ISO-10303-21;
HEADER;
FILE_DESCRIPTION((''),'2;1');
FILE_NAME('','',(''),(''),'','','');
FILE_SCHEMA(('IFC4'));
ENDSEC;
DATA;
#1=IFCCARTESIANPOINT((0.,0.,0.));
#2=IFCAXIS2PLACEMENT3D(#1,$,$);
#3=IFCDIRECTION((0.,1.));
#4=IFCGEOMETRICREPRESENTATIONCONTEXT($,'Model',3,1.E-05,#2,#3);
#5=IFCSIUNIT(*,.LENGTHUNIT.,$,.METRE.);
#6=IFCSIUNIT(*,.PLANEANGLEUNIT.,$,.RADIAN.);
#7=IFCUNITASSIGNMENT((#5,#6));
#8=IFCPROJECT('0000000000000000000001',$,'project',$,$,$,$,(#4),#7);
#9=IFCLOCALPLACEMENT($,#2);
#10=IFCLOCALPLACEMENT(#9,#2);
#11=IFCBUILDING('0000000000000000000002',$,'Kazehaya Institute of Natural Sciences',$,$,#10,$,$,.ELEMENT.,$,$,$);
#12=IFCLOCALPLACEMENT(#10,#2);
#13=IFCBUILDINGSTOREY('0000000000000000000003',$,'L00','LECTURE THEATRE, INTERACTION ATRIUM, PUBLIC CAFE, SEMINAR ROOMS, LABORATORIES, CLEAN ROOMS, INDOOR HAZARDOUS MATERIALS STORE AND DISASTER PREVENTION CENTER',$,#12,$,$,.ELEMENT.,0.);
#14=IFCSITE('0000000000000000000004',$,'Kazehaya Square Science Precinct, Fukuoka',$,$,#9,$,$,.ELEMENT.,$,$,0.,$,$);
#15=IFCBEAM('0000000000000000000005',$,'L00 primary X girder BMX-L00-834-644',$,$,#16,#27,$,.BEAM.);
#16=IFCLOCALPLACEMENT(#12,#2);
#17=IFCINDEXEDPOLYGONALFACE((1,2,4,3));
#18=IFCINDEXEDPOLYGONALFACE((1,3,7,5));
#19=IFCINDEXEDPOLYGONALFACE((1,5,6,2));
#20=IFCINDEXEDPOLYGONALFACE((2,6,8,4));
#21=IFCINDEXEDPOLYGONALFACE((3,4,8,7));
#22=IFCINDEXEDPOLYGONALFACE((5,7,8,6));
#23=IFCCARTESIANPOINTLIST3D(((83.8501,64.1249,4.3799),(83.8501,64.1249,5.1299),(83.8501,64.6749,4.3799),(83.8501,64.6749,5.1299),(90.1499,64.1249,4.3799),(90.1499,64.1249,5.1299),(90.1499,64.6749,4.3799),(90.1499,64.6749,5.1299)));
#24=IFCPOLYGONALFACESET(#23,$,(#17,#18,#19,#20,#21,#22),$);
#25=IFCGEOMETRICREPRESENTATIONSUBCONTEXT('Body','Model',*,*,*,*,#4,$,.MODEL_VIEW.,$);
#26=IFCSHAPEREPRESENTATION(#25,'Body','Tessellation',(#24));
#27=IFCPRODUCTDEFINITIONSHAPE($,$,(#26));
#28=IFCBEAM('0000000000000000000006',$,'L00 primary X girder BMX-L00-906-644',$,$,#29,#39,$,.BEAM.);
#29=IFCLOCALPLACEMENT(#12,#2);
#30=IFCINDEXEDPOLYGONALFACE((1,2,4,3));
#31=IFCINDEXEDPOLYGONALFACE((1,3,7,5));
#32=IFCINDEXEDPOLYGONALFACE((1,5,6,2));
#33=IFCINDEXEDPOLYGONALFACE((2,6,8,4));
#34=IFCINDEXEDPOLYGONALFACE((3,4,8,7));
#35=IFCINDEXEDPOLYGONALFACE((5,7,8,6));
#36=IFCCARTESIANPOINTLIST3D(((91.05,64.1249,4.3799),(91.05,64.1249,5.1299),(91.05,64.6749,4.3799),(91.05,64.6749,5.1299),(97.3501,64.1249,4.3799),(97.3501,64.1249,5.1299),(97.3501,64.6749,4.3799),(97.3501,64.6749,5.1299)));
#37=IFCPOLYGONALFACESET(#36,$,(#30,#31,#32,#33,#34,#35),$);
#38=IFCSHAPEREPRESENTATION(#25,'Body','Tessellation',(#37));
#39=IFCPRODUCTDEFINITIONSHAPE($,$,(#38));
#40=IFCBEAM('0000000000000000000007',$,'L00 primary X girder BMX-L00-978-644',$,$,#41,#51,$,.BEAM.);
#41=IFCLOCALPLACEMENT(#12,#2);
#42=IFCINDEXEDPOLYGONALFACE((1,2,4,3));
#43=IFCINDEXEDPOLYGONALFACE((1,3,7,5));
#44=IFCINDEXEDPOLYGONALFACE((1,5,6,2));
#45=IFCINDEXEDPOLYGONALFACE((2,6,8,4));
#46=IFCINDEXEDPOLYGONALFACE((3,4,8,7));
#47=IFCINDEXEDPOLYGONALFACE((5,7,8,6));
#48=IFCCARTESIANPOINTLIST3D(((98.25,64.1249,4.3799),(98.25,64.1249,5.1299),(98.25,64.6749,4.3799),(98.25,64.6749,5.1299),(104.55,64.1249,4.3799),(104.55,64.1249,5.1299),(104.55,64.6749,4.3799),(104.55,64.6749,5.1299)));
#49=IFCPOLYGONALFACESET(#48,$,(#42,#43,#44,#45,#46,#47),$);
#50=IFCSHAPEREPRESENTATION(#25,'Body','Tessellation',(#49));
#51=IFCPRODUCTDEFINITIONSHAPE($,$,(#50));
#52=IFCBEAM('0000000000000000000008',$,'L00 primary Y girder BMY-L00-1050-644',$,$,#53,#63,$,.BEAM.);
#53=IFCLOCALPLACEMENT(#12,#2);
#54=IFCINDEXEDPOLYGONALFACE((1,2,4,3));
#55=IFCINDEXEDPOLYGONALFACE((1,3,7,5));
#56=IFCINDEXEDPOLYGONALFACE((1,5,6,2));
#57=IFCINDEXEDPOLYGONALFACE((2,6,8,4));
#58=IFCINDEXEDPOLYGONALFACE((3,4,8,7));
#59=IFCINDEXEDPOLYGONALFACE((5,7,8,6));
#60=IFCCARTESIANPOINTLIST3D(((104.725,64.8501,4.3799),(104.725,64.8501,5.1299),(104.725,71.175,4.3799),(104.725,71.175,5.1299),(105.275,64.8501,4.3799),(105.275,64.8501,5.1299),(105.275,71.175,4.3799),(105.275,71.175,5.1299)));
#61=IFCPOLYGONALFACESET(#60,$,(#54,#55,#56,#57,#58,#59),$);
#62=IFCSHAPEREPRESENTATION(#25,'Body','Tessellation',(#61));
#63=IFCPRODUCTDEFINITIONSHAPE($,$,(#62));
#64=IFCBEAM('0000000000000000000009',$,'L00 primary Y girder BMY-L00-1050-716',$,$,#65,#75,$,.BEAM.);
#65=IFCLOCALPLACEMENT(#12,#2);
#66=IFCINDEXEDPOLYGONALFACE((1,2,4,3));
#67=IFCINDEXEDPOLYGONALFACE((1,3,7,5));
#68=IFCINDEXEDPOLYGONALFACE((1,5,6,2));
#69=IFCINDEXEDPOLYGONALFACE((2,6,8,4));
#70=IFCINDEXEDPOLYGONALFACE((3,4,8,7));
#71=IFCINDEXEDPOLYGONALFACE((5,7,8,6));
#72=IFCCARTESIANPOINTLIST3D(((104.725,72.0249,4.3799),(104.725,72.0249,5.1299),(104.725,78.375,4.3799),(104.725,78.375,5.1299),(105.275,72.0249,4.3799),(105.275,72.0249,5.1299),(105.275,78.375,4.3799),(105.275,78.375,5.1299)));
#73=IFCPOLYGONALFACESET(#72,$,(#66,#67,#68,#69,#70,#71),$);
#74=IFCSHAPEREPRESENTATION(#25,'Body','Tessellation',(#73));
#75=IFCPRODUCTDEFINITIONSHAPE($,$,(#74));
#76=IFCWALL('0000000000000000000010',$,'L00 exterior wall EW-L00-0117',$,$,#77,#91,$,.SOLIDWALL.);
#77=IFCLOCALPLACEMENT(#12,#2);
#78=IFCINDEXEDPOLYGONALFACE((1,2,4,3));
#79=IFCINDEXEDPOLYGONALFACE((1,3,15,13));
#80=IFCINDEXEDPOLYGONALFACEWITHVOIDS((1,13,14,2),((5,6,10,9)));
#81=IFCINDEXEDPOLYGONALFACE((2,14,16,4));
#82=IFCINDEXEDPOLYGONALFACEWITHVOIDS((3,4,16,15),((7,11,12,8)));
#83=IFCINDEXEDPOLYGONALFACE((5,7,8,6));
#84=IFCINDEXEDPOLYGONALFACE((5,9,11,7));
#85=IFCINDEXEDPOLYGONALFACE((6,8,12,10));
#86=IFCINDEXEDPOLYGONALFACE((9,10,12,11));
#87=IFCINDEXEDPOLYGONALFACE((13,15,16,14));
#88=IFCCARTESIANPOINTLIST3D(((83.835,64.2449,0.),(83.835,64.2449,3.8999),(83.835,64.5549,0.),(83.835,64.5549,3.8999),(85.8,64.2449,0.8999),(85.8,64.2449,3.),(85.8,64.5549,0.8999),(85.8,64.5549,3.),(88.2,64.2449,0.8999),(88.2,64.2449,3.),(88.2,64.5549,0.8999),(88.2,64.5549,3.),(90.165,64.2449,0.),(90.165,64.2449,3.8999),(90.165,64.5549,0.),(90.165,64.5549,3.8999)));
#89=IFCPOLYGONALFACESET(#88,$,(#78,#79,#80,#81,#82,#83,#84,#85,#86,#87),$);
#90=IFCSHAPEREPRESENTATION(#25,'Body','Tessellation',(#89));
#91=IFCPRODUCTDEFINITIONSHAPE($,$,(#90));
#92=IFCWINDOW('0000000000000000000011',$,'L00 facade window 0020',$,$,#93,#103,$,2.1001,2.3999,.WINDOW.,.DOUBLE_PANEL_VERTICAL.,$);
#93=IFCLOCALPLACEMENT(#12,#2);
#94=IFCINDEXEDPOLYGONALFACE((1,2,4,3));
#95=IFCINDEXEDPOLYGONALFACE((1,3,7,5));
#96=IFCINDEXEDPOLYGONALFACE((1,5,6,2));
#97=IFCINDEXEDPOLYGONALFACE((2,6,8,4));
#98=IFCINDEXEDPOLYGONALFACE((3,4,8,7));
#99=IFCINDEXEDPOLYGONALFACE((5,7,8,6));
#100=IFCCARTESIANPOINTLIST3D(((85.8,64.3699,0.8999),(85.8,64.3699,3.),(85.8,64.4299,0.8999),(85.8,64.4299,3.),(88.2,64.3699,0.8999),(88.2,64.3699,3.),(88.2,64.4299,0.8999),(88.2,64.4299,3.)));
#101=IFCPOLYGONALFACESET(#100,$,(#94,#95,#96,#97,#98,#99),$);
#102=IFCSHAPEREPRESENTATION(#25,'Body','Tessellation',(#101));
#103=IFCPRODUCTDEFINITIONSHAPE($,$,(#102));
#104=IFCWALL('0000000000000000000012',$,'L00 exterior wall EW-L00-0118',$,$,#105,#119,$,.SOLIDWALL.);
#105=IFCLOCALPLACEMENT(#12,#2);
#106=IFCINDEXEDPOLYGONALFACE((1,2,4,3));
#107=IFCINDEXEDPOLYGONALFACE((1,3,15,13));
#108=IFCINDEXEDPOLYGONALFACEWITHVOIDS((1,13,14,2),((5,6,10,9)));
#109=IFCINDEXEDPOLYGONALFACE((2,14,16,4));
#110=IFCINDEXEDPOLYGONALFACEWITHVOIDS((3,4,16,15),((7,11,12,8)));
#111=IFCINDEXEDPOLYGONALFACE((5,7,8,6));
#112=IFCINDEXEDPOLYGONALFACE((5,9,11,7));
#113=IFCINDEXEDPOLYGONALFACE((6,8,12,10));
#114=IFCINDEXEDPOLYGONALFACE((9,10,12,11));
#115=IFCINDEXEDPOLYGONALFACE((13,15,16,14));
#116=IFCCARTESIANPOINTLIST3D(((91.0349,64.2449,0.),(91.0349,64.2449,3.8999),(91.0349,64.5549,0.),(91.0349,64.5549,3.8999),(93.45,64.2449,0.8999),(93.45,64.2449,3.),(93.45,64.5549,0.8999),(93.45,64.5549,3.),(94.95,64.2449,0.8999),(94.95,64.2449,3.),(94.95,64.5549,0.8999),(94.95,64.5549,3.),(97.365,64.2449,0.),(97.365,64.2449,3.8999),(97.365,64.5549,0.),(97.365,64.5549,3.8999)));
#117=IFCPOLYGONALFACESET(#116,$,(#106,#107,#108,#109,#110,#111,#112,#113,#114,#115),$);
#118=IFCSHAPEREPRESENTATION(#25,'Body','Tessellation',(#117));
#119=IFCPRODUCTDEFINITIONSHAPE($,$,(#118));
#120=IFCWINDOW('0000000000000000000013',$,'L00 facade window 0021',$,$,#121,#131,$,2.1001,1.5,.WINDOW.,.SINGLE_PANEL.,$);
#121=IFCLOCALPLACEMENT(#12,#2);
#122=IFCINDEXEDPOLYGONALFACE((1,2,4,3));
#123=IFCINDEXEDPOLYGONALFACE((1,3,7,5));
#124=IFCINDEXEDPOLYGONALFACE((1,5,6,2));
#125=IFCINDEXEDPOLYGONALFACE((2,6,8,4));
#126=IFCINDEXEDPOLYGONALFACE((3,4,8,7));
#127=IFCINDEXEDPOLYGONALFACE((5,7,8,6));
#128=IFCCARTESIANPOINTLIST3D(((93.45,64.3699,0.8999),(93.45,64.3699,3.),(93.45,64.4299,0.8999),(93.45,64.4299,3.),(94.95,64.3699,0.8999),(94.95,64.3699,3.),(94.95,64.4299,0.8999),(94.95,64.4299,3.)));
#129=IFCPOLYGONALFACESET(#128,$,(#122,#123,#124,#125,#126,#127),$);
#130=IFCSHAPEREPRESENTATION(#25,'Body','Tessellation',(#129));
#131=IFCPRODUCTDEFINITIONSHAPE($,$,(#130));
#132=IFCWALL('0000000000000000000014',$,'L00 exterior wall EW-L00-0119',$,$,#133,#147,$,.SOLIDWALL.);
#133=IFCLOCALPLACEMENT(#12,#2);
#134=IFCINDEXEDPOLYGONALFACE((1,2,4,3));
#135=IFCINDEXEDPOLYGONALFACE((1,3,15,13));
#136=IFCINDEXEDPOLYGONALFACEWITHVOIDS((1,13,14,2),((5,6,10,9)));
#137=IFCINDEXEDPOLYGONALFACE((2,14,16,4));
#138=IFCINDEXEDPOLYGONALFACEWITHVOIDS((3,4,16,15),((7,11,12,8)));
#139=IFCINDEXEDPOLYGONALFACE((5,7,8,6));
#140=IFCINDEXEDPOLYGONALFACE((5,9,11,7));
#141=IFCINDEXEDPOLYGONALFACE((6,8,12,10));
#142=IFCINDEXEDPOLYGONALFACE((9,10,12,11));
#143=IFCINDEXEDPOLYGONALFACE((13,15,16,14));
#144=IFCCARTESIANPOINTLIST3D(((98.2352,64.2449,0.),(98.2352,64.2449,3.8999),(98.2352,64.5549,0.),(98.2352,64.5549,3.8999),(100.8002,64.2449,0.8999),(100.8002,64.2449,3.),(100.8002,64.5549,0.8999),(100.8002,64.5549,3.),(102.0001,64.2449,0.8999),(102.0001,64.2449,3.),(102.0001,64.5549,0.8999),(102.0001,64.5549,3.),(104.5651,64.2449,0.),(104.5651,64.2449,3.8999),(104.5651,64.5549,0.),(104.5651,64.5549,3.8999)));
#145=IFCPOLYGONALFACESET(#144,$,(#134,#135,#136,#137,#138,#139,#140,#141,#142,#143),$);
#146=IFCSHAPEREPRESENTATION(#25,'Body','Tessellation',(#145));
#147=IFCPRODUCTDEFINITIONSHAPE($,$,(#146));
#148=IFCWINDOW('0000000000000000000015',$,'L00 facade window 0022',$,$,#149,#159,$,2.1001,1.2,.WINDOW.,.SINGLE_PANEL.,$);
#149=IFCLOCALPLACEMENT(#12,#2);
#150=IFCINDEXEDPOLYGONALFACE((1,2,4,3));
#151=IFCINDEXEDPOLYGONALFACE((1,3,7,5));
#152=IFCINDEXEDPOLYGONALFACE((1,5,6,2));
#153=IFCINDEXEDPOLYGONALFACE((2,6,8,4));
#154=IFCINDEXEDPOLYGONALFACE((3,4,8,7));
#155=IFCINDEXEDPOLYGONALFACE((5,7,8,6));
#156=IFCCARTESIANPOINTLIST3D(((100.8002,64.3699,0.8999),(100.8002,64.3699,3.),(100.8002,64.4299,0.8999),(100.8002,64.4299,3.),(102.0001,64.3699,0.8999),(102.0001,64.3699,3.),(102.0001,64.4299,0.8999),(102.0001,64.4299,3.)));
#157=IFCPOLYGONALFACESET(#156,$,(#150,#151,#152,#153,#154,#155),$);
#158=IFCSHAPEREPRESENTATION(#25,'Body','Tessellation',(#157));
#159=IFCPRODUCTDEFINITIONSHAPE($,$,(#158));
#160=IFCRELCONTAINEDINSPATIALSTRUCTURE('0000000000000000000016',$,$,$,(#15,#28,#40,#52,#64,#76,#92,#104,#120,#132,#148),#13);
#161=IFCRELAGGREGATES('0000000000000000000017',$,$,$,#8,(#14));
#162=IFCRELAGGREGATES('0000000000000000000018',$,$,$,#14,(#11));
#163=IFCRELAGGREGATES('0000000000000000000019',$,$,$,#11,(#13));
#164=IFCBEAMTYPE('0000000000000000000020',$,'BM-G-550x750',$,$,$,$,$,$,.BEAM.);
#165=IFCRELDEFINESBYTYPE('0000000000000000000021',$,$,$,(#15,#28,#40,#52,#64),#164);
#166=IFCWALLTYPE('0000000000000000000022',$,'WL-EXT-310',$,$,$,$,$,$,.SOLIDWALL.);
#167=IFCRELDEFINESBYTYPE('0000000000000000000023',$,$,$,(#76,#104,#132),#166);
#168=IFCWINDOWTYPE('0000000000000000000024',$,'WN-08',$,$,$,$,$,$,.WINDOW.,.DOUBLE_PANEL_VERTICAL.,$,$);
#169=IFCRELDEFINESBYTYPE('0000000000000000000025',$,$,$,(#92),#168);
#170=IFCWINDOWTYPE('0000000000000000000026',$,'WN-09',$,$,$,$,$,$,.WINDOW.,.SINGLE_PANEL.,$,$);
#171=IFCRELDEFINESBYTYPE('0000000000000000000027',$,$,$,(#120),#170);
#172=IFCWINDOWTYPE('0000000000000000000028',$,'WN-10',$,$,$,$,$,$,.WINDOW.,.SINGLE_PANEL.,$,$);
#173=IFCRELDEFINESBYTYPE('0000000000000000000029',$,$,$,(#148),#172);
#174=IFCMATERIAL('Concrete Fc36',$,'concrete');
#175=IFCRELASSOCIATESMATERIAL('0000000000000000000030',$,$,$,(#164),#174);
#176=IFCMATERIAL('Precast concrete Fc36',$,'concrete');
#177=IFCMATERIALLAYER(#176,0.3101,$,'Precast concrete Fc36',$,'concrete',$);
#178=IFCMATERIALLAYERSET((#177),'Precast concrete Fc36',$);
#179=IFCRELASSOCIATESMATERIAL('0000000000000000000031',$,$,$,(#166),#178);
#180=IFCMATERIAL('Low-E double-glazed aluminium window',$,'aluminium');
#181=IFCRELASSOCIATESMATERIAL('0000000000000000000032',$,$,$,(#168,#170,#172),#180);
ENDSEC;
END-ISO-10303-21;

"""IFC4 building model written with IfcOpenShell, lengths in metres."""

from ifc_helpers import new_model, si_unit, direction, frame, frame_2d, origin, origin_2d, place, context, subcontext, project, spatial, rectangle, extrude, material, layer, layer_set, material_profile, profile_set, type_object, element, fill, save


model = new_model("IFC4")

# Units and contexts
model_context = context("Model", 3, precision=1e-05, world=origin(), true_north=direction((0.0, 1.0)))
body_context = subcontext(model_context, "Body", "Model", "MODEL_VIEW")
ifc_project = project(units=[si_unit("LENGTHUNIT", "METRE"), si_unit("PLANEANGLEUNIT", "RADIAN")], contexts=[model_context])

# Site, building, storey
site_placement = place(None, origin())
site = spatial("IfcSite", under=ifc_project, at=site_placement, Name="Kazehaya Square Science Precinct, Fukuoka", CompositionType="ELEMENT", RefElevation=0.0)
building_placement = place(site_placement, origin())
building = spatial("IfcBuilding", under=site, at=building_placement, Name="Kazehaya Institute of Natural Sciences", CompositionType="ELEMENT")
storey_placement = place(building_placement, origin())
storey = spatial("IfcBuildingStorey", under=building, at=storey_placement, Name="L00", Description="LECTURE THEATRE, INTERACTION ATRIUM, PUBLIC CAFE, SEMINAR ROOMS, LABORATORIES, CLEAN ROOMS, INDOOR HAZARDOUS MATERIALS STORE AND DISASTER PREVENTION CENTER", CompositionType="ELEMENT", Elevation=0.0)

# Beams
ifc_material_1 = material(Name="Concrete Fc36", Category="concrete")
ifc_material_profile_1 = material_profile(ifc_material_1, rectangle(XDim=0.55, YDim=0.75, at=origin_2d()), Name="RC-550x750")
ifc_profile_set_1 = profile_set([ifc_material_profile_1], Name="Concrete Fc36")
beam_type = type_object("IfcBeamType", Name="BM-G-550x750", PredefinedType="BEAM", material=ifc_profile_set_1)
beam_1_placement = place(storey_placement, frame((83.8501, 64.3999, 4.7549), z_axis=(1.0, 0.0, 0.0), x_axis=(0.0, 1.0, 0.0)))
element("IfcBeam", 1, at=beam_1_placement, inside=storey, type_object=beam_type, Name="L00 primary X girder BMX-L00-834-644", PredefinedType="BEAM", context=body_context, shape_type="SweptSolid", body=[
    extrude(rectangle(XDim=0.55, YDim=0.75, at=origin_2d()), origin(), (0.0, 0.0, 1.0), 6.2998),
])
for number, where, z_axis, x_axis, name in (
    (2, (91.05, 64.3999, 4.7549), (1.0, 0.0, 0.0), (0.0, 1.0, 0.0), "L00 primary X girder BMX-L00-906-644"),
    (3, (98.25, 64.3999, 4.7549), (1.0, 0.0, 0.0), (0.0, 1.0, 0.0), "L00 primary X girder BMX-L00-978-644"),
):
    element("IfcBeam", number, at=place(storey_placement, frame(where, z_axis=z_axis, x_axis=x_axis)), inside=storey, type_object=beam_type, Name=name, PredefinedType="BEAM", context=body_context, shape_type="SweptSolid", body=[
        extrude(rectangle(XDim=0.55, YDim=0.75, at=origin_2d()), origin(), (0.0, 0.0, 1.0), 6.3),
    ])
beam_2_placement = place(storey_placement, frame((105.0, 64.8501, 4.7549), z_axis=(0.0, 1.0, 0.0), x_axis=(-1.0, 0.0, 0.0)))
element("IfcBeam", 4, at=beam_2_placement, inside=storey, type_object=beam_type, Name="L00 primary Y girder BMY-L00-1050-644", PredefinedType="BEAM", context=body_context, shape_type="SweptSolid", body=[
    extrude(rectangle(XDim=0.55, YDim=0.75, at=origin_2d()), origin(), (0.0, 0.0, 1.0), 6.325),
])
beam_3_placement = place(storey_placement, frame((105.0, 72.0249, 4.7549), z_axis=(0.0, 1.0, 0.0), x_axis=(-1.0, 0.0, 0.0)))
element("IfcBeam", 5, at=beam_3_placement, inside=storey, type_object=beam_type, Name="L00 primary Y girder BMY-L00-1050-716", PredefinedType="BEAM", context=body_context, shape_type="SweptSolid", body=[
    extrude(rectangle(XDim=0.55, YDim=0.75, at=origin_2d()), origin(), (0.0, 0.0, 1.0), 6.3501),
])

# Walls, openings, windows
ifc_material_2 = material(Name="Precast concrete Fc36", Category="concrete")
ifc_layer = layer(ifc_material_2, 0.3101, Name="Precast concrete Fc36", Category="concrete")
ifc_layer_set = layer_set([ifc_layer], Name="Precast concrete Fc36")
wall_type = type_object("IfcWallType", Name="WL-EXT-310", PredefinedType="SOLIDWALL", material=ifc_layer_set)
wall_1_placement = place(storey_placement, frame((83.835, 64.3999, 0.0), z_axis=(0.0, 0.0, 1.0), x_axis=(1.0, 0.0, 0.0)))
wall_1 = element("IfcWall", 6, at=wall_1_placement, inside=storey, type_object=wall_type, Name="L00 exterior wall EW-L00-0117", PredefinedType="SOLIDWALL", context=body_context, shape_type="SweptSolid", body=[
    extrude(rectangle(XDim=6.3301, YDim=0.3101, at=frame_2d((3.165, 0.0))), origin(), (0.0, 0.0, 1.0), 3.8999),
])
opening_1_placement = place(wall_1_placement, frame((1.9651, 0.0, 0.8999)))
opening_1 = element("IfcOpeningElement", 7, at=opening_1_placement, cuts=wall_1, PredefinedType="OPENING", context=body_context, shape_type="SweptSolid", body=[
    extrude(rectangle(XDim=2.3999, YDim=2.1001, at=frame_2d((1.2, 1.05))), frame((0.0, 0.165, 0.0), z_axis=(0.0, -1.0, 0.0), x_axis=(1.0, 0.0, 0.0)), (0.0, 0.0, 1.0), 0.3301),
])
ifc_material_3 = material(Name="Low-E double-glazed aluminium window", Category="aluminium")
window_type_1 = type_object("IfcWindowType", Name="WN-08", PartitioningType="DOUBLE_PANEL_VERTICAL", PredefinedType="WINDOW", material=ifc_material_3)
window_1_placement = place(opening_1_placement, origin())
window_1 = element("IfcWindow", 8, at=window_1_placement, inside=storey, type_object=window_type_1, Name="L00 facade window 0020", OverallHeight=2.1001, OverallWidth=2.3999, PartitioningType="DOUBLE_PANEL_VERTICAL", PredefinedType="WINDOW", context=body_context, shape_type="SweptSolid", body=[
    extrude(rectangle(XDim=2.3999, YDim=2.1001, at=frame_2d((1.2, 1.05))), frame((0.0, 0.03, 0.0), z_axis=(0.0, -1.0, 0.0), x_axis=(1.0, 0.0, 0.0)), (0.0, 0.0, 1.0), 0.0601),
])
fill(opening_1, window_1)
wall_2_placement = place(storey_placement, frame((91.0349, 64.3999, 0.0), z_axis=(0.0, 0.0, 1.0), x_axis=(1.0, 0.0, 0.0)))
wall_2 = element("IfcWall", 9, at=wall_2_placement, inside=storey, type_object=wall_type, Name="L00 exterior wall EW-L00-0118", PredefinedType="SOLIDWALL", context=body_context, shape_type="SweptSolid", body=[
    extrude(rectangle(XDim=6.3301, YDim=0.3101, at=frame_2d((3.165, 0.0))), origin(), (0.0, 0.0, 1.0), 3.8999),
])
opening_2_placement = place(wall_2_placement, frame((2.415, 0.0, 0.8999)))
opening_2 = element("IfcOpeningElement", 10, at=opening_2_placement, cuts=wall_2, PredefinedType="OPENING", context=body_context, shape_type="SweptSolid", body=[
    extrude(rectangle(XDim=1.5, YDim=2.1001, at=frame_2d((0.75, 1.05))), frame((0.0, 0.165, 0.0), z_axis=(0.0, -1.0, 0.0), x_axis=(1.0, 0.0, 0.0)), (0.0, 0.0, 1.0), 0.3301),
])
window_type_2 = type_object("IfcWindowType", Name="WN-09", PartitioningType="SINGLE_PANEL", PredefinedType="WINDOW", material=ifc_material_3)
window_2_placement = place(opening_2_placement, origin())
window_2 = element("IfcWindow", 11, at=window_2_placement, inside=storey, type_object=window_type_2, Name="L00 facade window 0021", OverallHeight=2.1001, OverallWidth=1.5, PartitioningType="SINGLE_PANEL", PredefinedType="WINDOW", context=body_context, shape_type="SweptSolid", body=[
    extrude(rectangle(XDim=1.5, YDim=2.1001, at=frame_2d((0.75, 1.05))), frame((0.0, 0.03, 0.0), z_axis=(0.0, -1.0, 0.0), x_axis=(1.0, 0.0, 0.0)), (0.0, 0.0, 1.0), 0.0601),
])
fill(opening_2, window_2)
wall_3_placement = place(storey_placement, frame((98.2351, 64.3999, 0.0), z_axis=(0.0, 0.0, 1.0), x_axis=(1.0, 0.0, 0.0)))
wall_3 = element("IfcWall", 12, at=wall_3_placement, inside=storey, type_object=wall_type, Name="L00 exterior wall EW-L00-0119", PredefinedType="SOLIDWALL", context=body_context, shape_type="SweptSolid", body=[
    extrude(rectangle(XDim=6.3298, YDim=0.3101, at=frame_2d((3.165, 0.0))), origin(), (0.0, 0.0, 1.0), 3.8999),
])
opening_3_placement = place(wall_3_placement, frame((2.5649, 0.0, 0.8999)))
opening_3 = element("IfcOpeningElement", 13, at=opening_3_placement, cuts=wall_3, PredefinedType="OPENING", context=body_context, shape_type="SweptSolid", body=[
    extrude(rectangle(XDim=1.2, YDim=2.1001, at=frame_2d((0.6001, 1.05))), frame((0.0, 0.165, 0.0), z_axis=(0.0, -1.0, 0.0), x_axis=(1.0, 0.0, 0.0)), (0.0, 0.0, 1.0), 0.3301),
])
window_type_3 = type_object("IfcWindowType", Name="WN-10", PartitioningType="SINGLE_PANEL", PredefinedType="WINDOW", material=ifc_material_3)
window_3_placement = place(opening_3_placement, origin())
window_3 = element("IfcWindow", 14, at=window_3_placement, inside=storey, type_object=window_type_3, Name="L00 facade window 0022", OverallHeight=2.1001, OverallWidth=1.2, PartitioningType="SINGLE_PANEL", PredefinedType="WINDOW", context=body_context, shape_type="SweptSolid", body=[
    extrude(rectangle(XDim=1.2, YDim=2.1001, at=frame_2d((0.6001, 1.05))), frame((0.0, 0.03, 0.0), z_axis=(0.0, -1.0, 0.0), x_axis=(1.0, 0.0, 0.0)), (0.0, 0.0, 1.0), 0.0601),
])
fill(opening_3, window_3)

save(model, "model.ifc")
